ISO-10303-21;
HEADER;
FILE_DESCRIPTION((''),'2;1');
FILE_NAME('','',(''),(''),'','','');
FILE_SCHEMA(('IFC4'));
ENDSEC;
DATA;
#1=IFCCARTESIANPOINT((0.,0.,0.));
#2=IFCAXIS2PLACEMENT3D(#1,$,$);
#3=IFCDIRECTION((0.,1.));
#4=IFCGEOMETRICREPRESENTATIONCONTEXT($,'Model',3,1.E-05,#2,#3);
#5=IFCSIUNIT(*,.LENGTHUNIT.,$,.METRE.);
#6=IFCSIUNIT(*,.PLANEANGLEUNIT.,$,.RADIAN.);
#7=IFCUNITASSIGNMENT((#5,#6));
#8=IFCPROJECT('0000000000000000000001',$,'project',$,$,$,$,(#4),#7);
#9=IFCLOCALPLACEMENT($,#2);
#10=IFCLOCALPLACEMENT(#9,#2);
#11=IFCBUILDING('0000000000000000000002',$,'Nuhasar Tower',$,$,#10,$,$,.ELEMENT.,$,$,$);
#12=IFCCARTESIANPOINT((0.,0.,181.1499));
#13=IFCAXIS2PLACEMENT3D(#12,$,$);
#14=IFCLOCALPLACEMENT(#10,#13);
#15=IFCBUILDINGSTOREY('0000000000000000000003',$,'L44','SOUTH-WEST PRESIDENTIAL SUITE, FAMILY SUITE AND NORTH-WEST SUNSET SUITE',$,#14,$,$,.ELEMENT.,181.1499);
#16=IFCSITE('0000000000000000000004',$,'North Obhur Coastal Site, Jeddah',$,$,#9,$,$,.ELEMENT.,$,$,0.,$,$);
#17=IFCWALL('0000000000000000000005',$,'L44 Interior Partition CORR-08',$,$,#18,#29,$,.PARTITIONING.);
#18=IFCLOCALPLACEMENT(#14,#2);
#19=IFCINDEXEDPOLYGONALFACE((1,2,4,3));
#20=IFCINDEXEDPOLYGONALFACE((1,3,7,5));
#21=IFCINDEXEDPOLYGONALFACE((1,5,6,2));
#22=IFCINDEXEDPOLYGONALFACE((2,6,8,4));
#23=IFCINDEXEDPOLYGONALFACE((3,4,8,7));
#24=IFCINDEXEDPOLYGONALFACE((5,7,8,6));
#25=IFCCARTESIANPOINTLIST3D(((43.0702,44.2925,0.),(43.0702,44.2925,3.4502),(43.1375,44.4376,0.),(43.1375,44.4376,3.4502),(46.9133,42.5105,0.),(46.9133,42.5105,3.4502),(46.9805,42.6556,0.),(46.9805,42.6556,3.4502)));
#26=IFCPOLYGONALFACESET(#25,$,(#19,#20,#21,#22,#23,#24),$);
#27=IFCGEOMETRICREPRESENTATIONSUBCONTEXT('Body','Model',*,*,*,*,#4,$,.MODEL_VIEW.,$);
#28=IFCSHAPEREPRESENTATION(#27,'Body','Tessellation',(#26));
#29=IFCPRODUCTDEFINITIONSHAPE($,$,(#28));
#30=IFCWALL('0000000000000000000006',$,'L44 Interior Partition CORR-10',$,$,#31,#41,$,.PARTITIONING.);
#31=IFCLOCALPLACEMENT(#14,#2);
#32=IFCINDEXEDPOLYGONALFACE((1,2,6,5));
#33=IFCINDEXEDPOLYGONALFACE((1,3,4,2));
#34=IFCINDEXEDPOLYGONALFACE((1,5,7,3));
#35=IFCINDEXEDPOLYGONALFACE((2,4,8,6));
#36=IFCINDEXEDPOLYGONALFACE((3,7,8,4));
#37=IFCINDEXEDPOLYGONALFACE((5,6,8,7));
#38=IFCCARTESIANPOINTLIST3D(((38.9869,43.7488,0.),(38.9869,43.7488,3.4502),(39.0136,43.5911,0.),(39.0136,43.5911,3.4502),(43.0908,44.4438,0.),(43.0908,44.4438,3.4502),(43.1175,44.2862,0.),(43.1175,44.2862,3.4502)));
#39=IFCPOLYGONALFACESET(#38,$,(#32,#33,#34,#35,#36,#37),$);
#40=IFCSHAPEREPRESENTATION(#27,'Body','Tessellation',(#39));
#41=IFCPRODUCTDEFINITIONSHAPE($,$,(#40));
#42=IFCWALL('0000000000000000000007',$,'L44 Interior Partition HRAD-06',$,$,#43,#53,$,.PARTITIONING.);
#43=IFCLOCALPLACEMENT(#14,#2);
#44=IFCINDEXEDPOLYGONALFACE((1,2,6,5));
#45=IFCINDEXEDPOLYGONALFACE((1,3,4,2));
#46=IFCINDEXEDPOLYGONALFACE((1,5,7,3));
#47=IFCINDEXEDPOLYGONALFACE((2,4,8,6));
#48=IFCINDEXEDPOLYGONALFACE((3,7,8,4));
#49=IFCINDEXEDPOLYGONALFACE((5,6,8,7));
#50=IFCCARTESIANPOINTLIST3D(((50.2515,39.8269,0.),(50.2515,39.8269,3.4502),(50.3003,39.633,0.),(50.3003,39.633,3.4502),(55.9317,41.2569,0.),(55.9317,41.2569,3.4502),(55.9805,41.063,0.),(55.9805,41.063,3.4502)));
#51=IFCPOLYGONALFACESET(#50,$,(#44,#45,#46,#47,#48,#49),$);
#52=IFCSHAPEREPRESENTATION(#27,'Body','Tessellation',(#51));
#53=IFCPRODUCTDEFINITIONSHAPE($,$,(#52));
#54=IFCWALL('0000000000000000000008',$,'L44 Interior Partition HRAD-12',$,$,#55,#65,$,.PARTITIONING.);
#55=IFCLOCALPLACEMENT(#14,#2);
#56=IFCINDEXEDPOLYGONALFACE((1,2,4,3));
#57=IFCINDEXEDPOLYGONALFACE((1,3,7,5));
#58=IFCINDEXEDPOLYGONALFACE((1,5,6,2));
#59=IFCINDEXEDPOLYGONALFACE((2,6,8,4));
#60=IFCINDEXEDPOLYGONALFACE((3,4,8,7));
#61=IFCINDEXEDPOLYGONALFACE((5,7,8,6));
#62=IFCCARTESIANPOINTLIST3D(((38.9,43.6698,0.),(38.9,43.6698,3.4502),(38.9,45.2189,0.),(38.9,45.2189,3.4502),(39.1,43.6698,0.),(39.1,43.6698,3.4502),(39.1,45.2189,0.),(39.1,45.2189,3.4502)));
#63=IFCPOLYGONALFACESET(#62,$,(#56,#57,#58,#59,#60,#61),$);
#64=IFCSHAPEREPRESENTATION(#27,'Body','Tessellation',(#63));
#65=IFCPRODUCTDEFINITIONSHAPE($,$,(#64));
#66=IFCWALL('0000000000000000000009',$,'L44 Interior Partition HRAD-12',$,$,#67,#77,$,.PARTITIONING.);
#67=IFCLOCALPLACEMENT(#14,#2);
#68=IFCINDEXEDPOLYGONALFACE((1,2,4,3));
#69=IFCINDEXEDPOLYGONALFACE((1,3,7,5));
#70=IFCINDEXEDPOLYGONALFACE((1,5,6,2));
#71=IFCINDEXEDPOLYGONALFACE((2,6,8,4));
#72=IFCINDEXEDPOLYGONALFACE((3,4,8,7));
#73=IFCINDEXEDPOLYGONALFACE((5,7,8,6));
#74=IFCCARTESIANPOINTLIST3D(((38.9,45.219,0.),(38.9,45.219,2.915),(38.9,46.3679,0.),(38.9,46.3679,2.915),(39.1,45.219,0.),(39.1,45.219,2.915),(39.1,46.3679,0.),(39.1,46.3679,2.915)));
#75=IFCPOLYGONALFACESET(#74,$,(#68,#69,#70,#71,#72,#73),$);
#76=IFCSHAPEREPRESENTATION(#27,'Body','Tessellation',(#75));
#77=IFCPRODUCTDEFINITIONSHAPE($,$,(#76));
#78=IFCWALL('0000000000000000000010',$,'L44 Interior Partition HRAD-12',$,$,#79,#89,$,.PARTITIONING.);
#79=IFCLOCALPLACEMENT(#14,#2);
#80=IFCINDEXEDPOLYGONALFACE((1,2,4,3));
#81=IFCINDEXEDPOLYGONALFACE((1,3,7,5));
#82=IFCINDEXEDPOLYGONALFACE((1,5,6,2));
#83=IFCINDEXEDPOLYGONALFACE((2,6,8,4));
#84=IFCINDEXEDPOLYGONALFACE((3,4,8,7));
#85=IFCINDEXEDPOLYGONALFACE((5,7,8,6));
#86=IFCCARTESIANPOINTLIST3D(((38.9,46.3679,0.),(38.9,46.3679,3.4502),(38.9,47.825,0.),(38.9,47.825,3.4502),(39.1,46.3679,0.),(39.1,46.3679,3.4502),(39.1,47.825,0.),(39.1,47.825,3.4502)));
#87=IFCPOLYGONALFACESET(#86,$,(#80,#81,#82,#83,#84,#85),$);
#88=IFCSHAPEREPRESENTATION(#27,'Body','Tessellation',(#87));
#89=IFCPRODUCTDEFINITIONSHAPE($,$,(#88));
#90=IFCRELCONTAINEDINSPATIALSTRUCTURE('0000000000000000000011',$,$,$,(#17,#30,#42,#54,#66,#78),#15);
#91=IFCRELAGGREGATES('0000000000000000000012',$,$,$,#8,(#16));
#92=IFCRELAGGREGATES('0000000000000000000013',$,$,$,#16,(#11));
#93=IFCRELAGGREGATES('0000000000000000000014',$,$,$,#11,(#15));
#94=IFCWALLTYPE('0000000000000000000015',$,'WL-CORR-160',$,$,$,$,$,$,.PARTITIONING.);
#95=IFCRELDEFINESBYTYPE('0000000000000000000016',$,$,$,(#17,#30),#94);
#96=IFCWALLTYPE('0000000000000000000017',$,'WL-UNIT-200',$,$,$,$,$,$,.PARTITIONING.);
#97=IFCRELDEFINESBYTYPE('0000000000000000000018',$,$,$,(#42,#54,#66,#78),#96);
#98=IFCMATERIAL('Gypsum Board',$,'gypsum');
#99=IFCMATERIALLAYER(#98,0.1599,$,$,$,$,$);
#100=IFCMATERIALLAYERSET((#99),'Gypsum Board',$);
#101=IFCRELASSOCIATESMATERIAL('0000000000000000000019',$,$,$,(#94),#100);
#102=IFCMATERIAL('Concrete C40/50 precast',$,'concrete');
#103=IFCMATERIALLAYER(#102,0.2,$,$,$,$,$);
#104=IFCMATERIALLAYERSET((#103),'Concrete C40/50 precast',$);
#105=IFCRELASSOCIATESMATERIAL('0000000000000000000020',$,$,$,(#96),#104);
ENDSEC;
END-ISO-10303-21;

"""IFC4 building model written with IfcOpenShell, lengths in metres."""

from ifc_helpers import new_model, si_unit, direction, frame, frame_2d, origin, place, context, subcontext, project, spatial, rectangle, extrude, material, layer, layer_set, type_object, element, save


model = new_model("IFC4")

# Units and contexts
model_context = context("Model", 3, precision=1e-05, world=origin(), true_north=direction((0.0, 1.0)))
body_context = subcontext(model_context, "Body", "Model", "MODEL_VIEW")
ifc_project = project(units=[si_unit("LENGTHUNIT", "METRE"), si_unit("PLANEANGLEUNIT", "RADIAN")], contexts=[model_context])

# Site, building, storey
site_placement = place(None, origin())
site = spatial("IfcSite", under=ifc_project, at=site_placement, Name="North Obhur Coastal Site, Jeddah", CompositionType="ELEMENT", RefElevation=0.0)
building_placement = place(site_placement, origin())
building = spatial("IfcBuilding", under=site, at=building_placement, Name="Nuhasar Tower", CompositionType="ELEMENT")
storey_placement = place(building_placement, frame((0.0, 0.0, 181.1499)))
storey = spatial("IfcBuildingStorey", under=building, at=storey_placement, Name="L44", Description="SOUTH-WEST PRESIDENTIAL SUITE, FAMILY SUITE AND NORTH-WEST SUNSET SUITE", CompositionType="ELEMENT", Elevation=181.1499)

# Shared definitions
ifc_material_1 = material(Name="Gypsum Board", Category="gypsum")
ifc_layer_1 = layer(ifc_material_1, 0.1599)
ifc_layer_set_1 = layer_set([ifc_layer_1], Name="Gypsum Board")
wall_type_1 = type_object("IfcWallType", Name="WL-CORR-160", PredefinedType="PARTITIONING", material=ifc_layer_set_1)

# Walls
wall_1_placement = place(storey_placement, frame((46.947, 42.583, 0.0), z_axis=(0.0, 0.0, 1.0), x_axis=(-0.907214, 0.420669, 0.0)))
element("IfcWall", 1, at=wall_1_placement, inside=storey, type_object=wall_type_1, Name="L44 Interior Partition CORR-08", PredefinedType="PARTITIONING", context=body_context, shape_type="SweptSolid", body=[
    extrude(rectangle(XDim=4.2361, YDim=0.1599, at=frame_2d((2.1182, 0.0))), origin(), (0.0, 0.0, 1.0), 3.4502),
])
wall_2_placement = place(storey_placement, frame((43.104, 44.365, 0.0), z_axis=(0.0, 0.0, 1.0), x_axis=(-0.985959, -0.166986, 0.0)))
element("IfcWall", 2, at=wall_2_placement, inside=storey, type_object=wall_type_1, Name="L44 Interior Partition CORR-10", PredefinedType="PARTITIONING", context=body_context, shape_type="SweptSolid", body=[
    extrude(rectangle(XDim=4.1624, YDim=0.1599, at=frame_2d((2.0811, 0.0))), origin(), (0.0, 0.0, 1.0), 3.4502),
])
ifc_material_2 = material(Name="Concrete C40/50 precast", Category="concrete")
ifc_layer_2 = layer(ifc_material_2, 0.2)
ifc_layer_set_2 = layer_set([ifc_layer_2], Name="Concrete C40/50 precast")
wall_type_2 = type_object("IfcWallType", Name="WL-UNIT-200", PredefinedType="PARTITIONING", material=ifc_layer_set_2)
wall_3_placement = place(storey_placement, frame((50.2759, 39.73, 0.0), z_axis=(0.0, 0.0, 1.0), x_axis=(0.969744, 0.244124, 0.0)))
element("IfcWall", 3, at=wall_3_placement, inside=storey, type_object=wall_type_2, Name="L44 Interior Partition HRAD-06", PredefinedType="PARTITIONING", context=body_context, shape_type="SweptSolid", body=[
    extrude(rectangle(XDim=5.8574, YDim=0.2, at=frame_2d((2.9287, 0.0))), origin(), (0.0, 0.0, 1.0), 3.4502),
])
wall_4_placement = place(storey_placement, frame((39.0, 43.6699, 0.0), z_axis=(0.0, 0.0, 1.0), x_axis=(0.0, 1.0, 0.0)))
element("IfcWall", 4, at=wall_4_placement, inside=storey, type_object=wall_type_2, Name="L44 Interior Partition HRAD-12", PredefinedType="PARTITIONING", context=body_context, shape_type="SweptSolid", body=[
    extrude(rectangle(XDim=1.5491, YDim=0.2, at=frame_2d((0.7744, 0.0))), origin(), (0.0, 0.0, 1.0), 3.4502),
])
wall_5_placement = place(storey_placement, frame((39.0, 45.219, 0.0), z_axis=(0.0, 0.0, 1.0), x_axis=(0.0, 1.0, 0.0)))
element("IfcWall", 5, at=wall_5_placement, inside=storey, type_object=wall_type_2, Name="L44 Interior Partition HRAD-12", PredefinedType="PARTITIONING", context=body_context, shape_type="SweptSolid", body=[
    extrude(rectangle(XDim=1.1489, YDim=0.2, at=frame_2d((0.5745, 0.0))), origin(), (0.0, 0.0, 1.0), 2.915),
])
wall_6_placement = place(storey_placement, frame((39.0, 46.3679, 0.0), z_axis=(0.0, 0.0, 1.0), x_axis=(0.0, 1.0, 0.0)))
element("IfcWall", 6, at=wall_6_placement, inside=storey, type_object=wall_type_2, Name="L44 Interior Partition HRAD-12", PredefinedType="PARTITIONING", context=body_context, shape_type="SweptSolid", body=[
    extrude(rectangle(XDim=1.457, YDim=0.2, at=frame_2d((0.7285, 0.0))), origin(), (0.0, 0.0, 1.0), 3.4502),
])

save(model, "model.ifc")
